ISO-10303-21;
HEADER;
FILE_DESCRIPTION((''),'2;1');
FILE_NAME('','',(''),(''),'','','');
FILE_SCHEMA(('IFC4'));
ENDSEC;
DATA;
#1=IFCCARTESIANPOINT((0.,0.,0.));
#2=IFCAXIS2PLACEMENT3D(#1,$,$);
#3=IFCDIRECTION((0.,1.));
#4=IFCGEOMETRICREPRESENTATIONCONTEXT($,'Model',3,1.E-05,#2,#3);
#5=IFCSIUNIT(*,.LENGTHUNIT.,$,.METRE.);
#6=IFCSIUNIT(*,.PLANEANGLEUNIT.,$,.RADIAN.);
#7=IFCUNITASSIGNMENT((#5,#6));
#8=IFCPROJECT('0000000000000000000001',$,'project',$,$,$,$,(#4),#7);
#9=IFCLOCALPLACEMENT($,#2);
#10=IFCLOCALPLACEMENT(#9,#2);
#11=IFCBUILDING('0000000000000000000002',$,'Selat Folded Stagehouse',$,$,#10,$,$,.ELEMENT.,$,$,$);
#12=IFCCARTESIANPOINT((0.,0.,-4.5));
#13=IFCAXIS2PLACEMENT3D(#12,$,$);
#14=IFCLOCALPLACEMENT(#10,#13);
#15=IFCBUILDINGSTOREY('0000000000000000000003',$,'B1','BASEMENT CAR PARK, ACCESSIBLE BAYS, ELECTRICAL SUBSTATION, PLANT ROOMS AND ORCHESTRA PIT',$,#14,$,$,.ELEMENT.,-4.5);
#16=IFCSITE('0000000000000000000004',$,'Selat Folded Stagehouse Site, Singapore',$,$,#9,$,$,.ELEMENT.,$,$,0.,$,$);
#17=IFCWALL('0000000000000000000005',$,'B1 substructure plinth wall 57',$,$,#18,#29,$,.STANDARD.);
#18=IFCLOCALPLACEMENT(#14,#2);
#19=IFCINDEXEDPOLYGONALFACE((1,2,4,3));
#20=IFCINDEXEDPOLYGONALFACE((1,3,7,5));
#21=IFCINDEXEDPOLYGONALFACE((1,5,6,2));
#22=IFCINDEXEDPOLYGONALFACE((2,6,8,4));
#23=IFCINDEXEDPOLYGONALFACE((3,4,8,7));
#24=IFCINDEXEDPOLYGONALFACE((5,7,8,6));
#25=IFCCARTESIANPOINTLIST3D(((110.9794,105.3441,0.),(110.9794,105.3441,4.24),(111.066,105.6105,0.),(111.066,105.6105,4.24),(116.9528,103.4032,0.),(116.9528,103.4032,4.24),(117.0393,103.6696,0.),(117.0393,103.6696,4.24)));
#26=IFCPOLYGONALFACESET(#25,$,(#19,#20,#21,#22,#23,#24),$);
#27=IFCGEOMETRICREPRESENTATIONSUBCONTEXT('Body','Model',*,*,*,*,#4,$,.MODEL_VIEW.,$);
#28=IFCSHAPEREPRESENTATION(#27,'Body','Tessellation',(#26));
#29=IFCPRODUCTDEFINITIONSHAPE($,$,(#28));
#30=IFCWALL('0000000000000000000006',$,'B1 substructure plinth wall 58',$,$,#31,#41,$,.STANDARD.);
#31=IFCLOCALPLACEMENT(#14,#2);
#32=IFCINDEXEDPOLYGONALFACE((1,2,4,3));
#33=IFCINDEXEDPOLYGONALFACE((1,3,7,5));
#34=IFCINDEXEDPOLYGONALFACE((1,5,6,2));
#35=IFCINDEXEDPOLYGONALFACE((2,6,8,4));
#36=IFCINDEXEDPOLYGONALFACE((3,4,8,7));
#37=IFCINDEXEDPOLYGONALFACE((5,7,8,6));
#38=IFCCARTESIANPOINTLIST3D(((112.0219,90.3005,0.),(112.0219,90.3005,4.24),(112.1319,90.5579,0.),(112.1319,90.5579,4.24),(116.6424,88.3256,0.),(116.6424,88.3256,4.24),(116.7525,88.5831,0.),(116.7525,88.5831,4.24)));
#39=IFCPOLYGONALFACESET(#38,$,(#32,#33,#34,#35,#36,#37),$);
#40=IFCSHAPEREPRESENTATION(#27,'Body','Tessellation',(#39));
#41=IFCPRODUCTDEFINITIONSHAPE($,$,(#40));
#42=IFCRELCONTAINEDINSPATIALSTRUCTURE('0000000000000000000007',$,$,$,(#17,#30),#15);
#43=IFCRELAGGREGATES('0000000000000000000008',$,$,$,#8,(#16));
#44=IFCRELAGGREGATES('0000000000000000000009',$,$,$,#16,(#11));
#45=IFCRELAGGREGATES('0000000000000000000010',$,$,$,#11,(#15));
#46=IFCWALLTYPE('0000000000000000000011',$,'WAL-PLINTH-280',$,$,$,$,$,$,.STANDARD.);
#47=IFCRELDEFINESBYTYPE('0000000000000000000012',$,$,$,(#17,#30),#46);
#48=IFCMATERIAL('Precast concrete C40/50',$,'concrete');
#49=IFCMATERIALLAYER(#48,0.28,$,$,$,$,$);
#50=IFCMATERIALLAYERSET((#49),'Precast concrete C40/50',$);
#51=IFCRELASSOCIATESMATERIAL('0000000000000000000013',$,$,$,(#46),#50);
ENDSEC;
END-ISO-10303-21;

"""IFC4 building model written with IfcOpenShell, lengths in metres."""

from ifc_helpers import new_model, si_unit, direction, frame, frame_2d, origin, place, context, subcontext, project, spatial, rectangle, extrude, material, layer, layer_set, type_object, element, save


model = new_model("IFC4")

# Units and contexts
model_context = context("Model", 3, precision=1e-05, world=origin(), true_north=direction((0.0, 1.0)))
body_context = subcontext(model_context, "Body", "Model", "MODEL_VIEW")
ifc_project = project(units=[si_unit("LENGTHUNIT", "METRE"), si_unit("PLANEANGLEUNIT", "RADIAN")], contexts=[model_context])

# Site, building, storey
site_placement = place(None, origin())
site = spatial("IfcSite", under=ifc_project, at=site_placement, Name="Selat Folded Stagehouse Site, Singapore", CompositionType="ELEMENT", RefElevation=0.0)
building_placement = place(site_placement, origin())
building = spatial("IfcBuilding", under=site, at=building_placement, Name="Selat Folded Stagehouse", CompositionType="ELEMENT")
storey_placement = place(building_placement, frame((0.0, 0.0, -4.5)))
storey = spatial("IfcBuildingStorey", under=building, at=storey_placement, Name="B1", Description="BASEMENT CAR PARK, ACCESSIBLE BAYS, ELECTRICAL SUBSTATION, PLANT ROOMS AND ORCHESTRA PIT", CompositionType="ELEMENT", Elevation=-4.5)

# Walls
ifc_material_1 = material(Name="Precast concrete C40/50", Category="concrete")
ifc_layer_1 = layer(ifc_material_1, 0.28)
ifc_layer_set_1 = layer_set([ifc_layer_1], Name="Precast concrete C40/50")
wall_type_1 = type_object("IfcWallType", Name="WAL-PLINTH-280", PredefinedType="STANDARD", material=ifc_layer_set_1)
wall_1_placement = place(storey_placement, frame((111.0227, 105.4773, 0.0), z_axis=(0.0, 0.0, 1.0), x_axis=(0.951054, -0.309024, 0.0)))
element("IfcWall", 1, at=wall_1_placement, inside=storey, type_object=wall_type_1, Name="B1 substructure plinth wall 57", PredefinedType="STANDARD", context=body_context, shape_type="SweptSolid", body=[
    extrude(rectangle(XDim=6.2808, YDim=0.28, at=frame_2d((3.1404, 0.0))), origin(), (0.0, 0.0, 1.0), 4.24),
])
wall_2_placement = place(storey_placement, frame((112.0769, 90.4292, 0.0), z_axis=(0.0, 0.0, 1.0), x_axis=(0.919534, -0.39301, 0.0)))
element("IfcWall", 2, at=wall_2_placement, inside=storey, type_object=wall_type_1, Name="B1 substructure plinth wall 58", PredefinedType="STANDARD", context=body_context, shape_type="SweptSolid", body=[
    extrude(rectangle(XDim=5.0249, YDim=0.28, at=frame_2d((2.5125, 0.0))), origin(), (0.0, 0.0, 1.0), 4.24),
])

save(model, "model.ifc")
